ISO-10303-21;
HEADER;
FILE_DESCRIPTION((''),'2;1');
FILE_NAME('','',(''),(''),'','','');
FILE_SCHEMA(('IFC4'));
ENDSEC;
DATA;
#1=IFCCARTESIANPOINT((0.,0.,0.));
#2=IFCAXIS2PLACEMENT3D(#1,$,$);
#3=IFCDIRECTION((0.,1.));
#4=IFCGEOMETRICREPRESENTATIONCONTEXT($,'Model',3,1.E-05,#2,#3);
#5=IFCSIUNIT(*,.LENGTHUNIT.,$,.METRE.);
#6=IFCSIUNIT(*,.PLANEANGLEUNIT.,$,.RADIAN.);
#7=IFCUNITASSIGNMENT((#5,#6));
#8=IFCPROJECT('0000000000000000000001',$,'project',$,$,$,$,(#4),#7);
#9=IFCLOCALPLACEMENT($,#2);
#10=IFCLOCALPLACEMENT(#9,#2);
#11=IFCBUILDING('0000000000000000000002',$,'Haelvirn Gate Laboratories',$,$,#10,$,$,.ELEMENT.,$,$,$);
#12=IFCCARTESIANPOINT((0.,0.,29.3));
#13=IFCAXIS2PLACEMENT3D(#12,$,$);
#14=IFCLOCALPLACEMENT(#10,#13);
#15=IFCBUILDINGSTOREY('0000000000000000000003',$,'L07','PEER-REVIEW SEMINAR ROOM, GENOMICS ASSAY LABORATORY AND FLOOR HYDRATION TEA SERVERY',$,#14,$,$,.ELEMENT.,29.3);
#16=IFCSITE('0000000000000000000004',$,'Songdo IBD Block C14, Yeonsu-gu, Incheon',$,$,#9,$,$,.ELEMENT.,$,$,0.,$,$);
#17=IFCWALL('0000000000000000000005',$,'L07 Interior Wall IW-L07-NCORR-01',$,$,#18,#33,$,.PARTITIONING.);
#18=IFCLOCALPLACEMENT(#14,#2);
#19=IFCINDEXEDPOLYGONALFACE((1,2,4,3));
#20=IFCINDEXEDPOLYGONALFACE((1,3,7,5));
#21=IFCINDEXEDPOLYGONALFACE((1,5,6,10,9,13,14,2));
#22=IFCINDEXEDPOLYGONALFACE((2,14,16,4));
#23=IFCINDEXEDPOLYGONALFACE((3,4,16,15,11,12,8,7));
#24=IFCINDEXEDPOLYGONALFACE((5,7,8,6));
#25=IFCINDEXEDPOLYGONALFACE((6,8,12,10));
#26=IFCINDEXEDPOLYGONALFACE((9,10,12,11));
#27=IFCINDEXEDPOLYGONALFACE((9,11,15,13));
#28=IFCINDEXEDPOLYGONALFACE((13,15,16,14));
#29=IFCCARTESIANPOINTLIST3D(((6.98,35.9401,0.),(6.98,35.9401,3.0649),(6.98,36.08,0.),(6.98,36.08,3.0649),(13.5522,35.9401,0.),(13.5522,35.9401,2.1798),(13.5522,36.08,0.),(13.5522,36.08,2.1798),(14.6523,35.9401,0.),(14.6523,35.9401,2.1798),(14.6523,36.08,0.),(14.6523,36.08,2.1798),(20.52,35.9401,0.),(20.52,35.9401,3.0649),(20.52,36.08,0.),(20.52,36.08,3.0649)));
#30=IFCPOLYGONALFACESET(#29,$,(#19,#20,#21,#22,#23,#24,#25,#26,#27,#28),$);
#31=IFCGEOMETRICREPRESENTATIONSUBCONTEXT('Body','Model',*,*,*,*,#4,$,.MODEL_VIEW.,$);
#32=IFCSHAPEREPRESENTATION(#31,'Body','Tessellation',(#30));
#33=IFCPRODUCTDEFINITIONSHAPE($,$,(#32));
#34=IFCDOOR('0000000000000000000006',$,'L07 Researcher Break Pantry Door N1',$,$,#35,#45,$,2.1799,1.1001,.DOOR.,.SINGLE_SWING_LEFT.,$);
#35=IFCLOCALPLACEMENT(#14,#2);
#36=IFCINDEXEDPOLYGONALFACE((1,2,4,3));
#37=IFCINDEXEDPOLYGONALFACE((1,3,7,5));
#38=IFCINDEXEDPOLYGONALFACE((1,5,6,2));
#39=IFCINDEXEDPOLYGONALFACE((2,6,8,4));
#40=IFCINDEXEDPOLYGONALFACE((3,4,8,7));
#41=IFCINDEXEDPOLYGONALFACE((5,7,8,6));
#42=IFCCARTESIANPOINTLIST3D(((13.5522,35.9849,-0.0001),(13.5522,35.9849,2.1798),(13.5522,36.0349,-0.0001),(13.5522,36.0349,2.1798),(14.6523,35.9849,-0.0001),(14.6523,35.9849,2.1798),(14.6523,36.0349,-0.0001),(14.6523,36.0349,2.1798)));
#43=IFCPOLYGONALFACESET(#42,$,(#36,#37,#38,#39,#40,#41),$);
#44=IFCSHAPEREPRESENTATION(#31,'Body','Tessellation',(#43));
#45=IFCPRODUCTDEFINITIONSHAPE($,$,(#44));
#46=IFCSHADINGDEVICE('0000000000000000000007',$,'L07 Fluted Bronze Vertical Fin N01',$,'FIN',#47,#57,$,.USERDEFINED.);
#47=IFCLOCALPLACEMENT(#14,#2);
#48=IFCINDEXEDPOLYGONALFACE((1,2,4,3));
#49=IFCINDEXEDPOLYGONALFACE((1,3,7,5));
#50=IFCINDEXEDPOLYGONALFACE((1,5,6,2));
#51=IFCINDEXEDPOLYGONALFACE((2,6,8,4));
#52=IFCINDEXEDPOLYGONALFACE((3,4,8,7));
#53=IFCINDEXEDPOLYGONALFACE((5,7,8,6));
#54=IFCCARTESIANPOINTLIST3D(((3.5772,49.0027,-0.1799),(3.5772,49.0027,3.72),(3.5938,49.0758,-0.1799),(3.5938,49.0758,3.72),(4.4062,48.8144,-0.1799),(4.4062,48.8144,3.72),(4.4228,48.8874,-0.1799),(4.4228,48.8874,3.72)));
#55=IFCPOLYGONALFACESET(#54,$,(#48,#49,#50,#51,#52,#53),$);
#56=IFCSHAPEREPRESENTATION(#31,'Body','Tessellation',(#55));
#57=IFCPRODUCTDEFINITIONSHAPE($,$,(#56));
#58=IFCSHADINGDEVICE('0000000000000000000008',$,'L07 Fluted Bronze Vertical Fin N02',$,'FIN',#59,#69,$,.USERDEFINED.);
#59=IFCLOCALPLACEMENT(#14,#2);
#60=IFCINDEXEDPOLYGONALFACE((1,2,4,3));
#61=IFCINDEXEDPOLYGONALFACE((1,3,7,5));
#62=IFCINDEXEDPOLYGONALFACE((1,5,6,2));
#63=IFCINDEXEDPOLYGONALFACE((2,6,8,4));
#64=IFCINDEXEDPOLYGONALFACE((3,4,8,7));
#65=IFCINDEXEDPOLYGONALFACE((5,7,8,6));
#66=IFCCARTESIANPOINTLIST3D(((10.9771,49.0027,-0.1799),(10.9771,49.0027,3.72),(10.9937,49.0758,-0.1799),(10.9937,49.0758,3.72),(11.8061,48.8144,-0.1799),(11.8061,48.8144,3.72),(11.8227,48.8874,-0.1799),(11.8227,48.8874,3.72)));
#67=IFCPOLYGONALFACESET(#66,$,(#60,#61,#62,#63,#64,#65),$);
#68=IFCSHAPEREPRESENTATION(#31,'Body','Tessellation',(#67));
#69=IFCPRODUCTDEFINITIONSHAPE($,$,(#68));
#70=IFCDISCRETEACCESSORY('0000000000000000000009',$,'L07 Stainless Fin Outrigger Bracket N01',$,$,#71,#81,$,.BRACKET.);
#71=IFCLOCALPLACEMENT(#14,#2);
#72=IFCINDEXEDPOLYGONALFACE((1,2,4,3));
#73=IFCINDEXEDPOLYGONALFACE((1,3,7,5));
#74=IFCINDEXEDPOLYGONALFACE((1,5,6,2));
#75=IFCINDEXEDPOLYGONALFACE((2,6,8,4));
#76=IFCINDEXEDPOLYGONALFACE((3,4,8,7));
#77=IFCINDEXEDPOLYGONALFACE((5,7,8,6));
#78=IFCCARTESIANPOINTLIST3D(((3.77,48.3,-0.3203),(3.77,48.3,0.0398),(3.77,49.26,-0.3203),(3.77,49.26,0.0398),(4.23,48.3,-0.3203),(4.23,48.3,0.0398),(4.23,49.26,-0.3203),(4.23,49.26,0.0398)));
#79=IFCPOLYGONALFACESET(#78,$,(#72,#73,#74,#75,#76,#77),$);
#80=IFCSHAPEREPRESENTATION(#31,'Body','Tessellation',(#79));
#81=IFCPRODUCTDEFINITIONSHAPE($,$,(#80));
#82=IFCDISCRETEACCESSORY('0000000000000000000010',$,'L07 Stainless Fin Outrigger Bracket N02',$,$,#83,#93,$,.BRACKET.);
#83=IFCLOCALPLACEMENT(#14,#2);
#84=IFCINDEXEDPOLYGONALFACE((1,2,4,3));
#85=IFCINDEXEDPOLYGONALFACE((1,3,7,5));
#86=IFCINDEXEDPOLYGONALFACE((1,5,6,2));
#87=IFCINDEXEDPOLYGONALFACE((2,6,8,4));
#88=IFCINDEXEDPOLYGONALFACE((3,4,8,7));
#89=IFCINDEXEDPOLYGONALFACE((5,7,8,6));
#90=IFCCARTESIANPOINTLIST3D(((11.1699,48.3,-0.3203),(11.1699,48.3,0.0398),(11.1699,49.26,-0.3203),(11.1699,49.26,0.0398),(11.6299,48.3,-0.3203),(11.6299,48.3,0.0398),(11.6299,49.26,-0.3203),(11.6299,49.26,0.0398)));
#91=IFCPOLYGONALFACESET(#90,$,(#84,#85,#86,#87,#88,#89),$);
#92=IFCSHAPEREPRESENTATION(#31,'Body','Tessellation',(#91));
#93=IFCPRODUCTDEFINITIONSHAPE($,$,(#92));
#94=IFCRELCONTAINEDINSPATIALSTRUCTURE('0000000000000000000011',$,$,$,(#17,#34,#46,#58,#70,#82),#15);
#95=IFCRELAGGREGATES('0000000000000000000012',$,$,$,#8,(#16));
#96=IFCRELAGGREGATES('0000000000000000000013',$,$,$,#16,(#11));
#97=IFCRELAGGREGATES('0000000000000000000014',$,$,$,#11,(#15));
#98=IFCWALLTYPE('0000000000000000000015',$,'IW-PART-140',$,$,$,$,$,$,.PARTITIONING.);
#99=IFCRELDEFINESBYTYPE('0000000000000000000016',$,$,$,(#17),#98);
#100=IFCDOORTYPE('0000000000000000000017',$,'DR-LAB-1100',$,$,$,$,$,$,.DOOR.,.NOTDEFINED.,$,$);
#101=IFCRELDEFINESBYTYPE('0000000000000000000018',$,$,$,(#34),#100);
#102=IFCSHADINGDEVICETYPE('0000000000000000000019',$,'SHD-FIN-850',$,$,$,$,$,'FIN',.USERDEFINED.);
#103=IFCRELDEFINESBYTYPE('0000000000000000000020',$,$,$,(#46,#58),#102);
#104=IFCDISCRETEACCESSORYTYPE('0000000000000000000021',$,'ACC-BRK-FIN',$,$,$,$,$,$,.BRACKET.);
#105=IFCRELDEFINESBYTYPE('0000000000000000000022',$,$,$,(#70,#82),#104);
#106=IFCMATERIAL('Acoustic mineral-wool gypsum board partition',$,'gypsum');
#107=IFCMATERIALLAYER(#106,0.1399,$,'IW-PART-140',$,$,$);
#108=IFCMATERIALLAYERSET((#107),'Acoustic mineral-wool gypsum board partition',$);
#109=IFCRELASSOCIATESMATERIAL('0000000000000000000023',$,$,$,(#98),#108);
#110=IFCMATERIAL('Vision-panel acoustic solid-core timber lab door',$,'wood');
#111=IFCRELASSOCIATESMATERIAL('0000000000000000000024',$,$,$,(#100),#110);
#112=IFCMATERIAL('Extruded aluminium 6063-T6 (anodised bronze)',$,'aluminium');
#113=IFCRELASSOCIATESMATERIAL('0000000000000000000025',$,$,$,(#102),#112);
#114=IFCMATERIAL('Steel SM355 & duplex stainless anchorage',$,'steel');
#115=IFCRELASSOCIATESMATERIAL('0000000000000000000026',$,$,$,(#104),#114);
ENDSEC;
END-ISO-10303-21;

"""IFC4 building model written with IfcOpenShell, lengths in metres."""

from ifc_helpers import new_model, si_unit, direction, frame, frame_2d, origin, origin_2d, place, context, subcontext, project, spatial, rectangle, extrude, source, transform, mapped, material, layer, layer_set, material_profile, profile_set, type_object, type_shapes, element, fill, save


model = new_model("IFC4")

# Units and contexts
model_context = context("Model", 3, precision=1e-05, world=origin(), true_north=direction((0.0, 1.0)))
body_context = subcontext(model_context, "Body", "Model", "MODEL_VIEW")
ifc_project = project(units=[si_unit("LENGTHUNIT", "METRE"), si_unit("PLANEANGLEUNIT", "RADIAN")], contexts=[model_context])

# Site, building, storey
site_placement = place(None, origin())
site = spatial("IfcSite", under=ifc_project, at=site_placement, Name="Songdo IBD Block C14, Yeonsu-gu, Incheon", CompositionType="ELEMENT", RefElevation=0.0)
building_placement = place(site_placement, origin())
building = spatial("IfcBuilding", under=site, at=building_placement, Name="Haelvirn Gate Laboratories", CompositionType="ELEMENT")
storey_placement = place(building_placement, frame((0.0, 0.0, 29.3)))
storey = spatial("IfcBuildingStorey", under=building, at=storey_placement, Name="L07", Description="PEER-REVIEW SEMINAR ROOM, GENOMICS ASSAY LABORATORY AND FLOOR HYDRATION TEA SERVERY", CompositionType="ELEMENT", Elevation=29.3)

# Shared definitions
ifc_material_1 = material(Name="Extruded aluminium 6063-T6 (anodised bronze)", Category="aluminium")

# Wall, opening, door
ifc_material_2 = material(Name="Acoustic mineral-wool gypsum board partition", Category="gypsum")
ifc_layer_1 = layer(ifc_material_2, 0.1399, Name="IW-PART-140")
ifc_layer_set_1 = layer_set([ifc_layer_1], Name="Acoustic mineral-wool gypsum board partition")
wall_type_1 = type_object("IfcWallType", Name="IW-PART-140", PredefinedType="PARTITIONING", material=ifc_layer_set_1)
wall_1_placement = place(storey_placement, frame((6.98, 36.01, 0.0), z_axis=(0.0, 0.0, 1.0), x_axis=(1.0, 0.0, 0.0)))
wall_1 = element("IfcWall", 1, at=wall_1_placement, inside=storey, type_object=wall_type_1, Name="L07 Interior Wall IW-L07-NCORR-01", PredefinedType="PARTITIONING", context=body_context, shape_type="SweptSolid", body=[
    extrude(rectangle(XDim=13.54, YDim=0.1399, at=frame_2d((6.77, 0.0))), origin(), (0.0, 0.0, 1.0), 3.0649),
])
opening_placement = place(wall_1_placement, frame((6.5723, 0.0, 0.0)))
opening = element("IfcOpeningElement", 2, at=opening_placement, cuts=wall_1, PredefinedType="OPENING", context=body_context, shape_type="SweptSolid", body=[
    extrude(rectangle(XDim=1.1001, YDim=2.1799, at=frame_2d((0.55, 1.0898))), frame((0.0, 0.0801, 0.0), z_axis=(0.0, -1.0, 0.0), x_axis=(1.0, 0.0, 0.0)), (0.0, 0.0, 1.0), 0.1599),
])
ifc_material_3 = material(Name="Vision-panel acoustic solid-core timber lab door", Category="wood")
door_type = type_object("IfcDoorType", Name="DR-LAB-1100", OperationType="NOTDEFINED", PredefinedType="DOOR", material=ifc_material_3)
shared_shape_1 = source(origin(), body_context, "Body", "SweptSolid", [
    extrude(rectangle(XDim=1.1001, YDim=2.1799, at=frame_2d((0.55, 1.0898))), frame((0.0, 0.0249, 0.0), z_axis=(0.0, -1.0, 0.0), x_axis=(1.0, 0.0, 0.0)), (0.0, 0.0, 1.0), 0.05),
])
type_shapes(door_type, [shared_shape_1])
door_placement = place(opening_placement, origin())
door = element("IfcDoor", 3, at=door_placement, inside=storey, type_object=door_type, Name="L07 Researcher Break Pantry Door N1", OperationType="SINGLE_SWING_LEFT", OverallHeight=2.1799, OverallWidth=1.1001, PredefinedType="DOOR", context=body_context, shape_type="MappedRepresentation", body=[
    mapped(shared_shape_1, transform((0.0, 0.0, 0.0), scale=1.0)),
])
fill(opening, door)

# Shading devices
ifc_material_profile_1 = material_profile(ifc_material_1, rectangle(XDim=0.075, YDim=0.8501, at=origin_2d()), Name="FIN-850x75")
ifc_profile_set_1 = profile_set([ifc_material_profile_1], Name="Extruded aluminium 6063-T6 (anodised bronze)")
shading_device_type = type_object("IfcShadingDeviceType", Name="SHD-FIN-850", ElementType="FIN", PredefinedType="USERDEFINED", material=ifc_profile_set_1)
shared_shape_2 = source(origin(), body_context, "Body", "SweptSolid", [
    extrude(rectangle(XDim=0.075, YDim=0.8501, at=origin_2d()), origin(), (0.0, 0.0, 1.0), 3.8999),
])
type_shapes(shading_device_type, [shared_shape_2])
for number, where, z_axis, x_axis, name in (
    (4, (4.0, 48.9451, -0.1799), (0.0, 0.0, 1.0), (0.221548, 0.975149, 0.0), "L07 Fluted Bronze Vertical Fin N01"),
    (5, (11.3999, 48.9451, -0.1799), (0.0, 0.0, 1.0), (0.221548, 0.975149, 0.0), "L07 Fluted Bronze Vertical Fin N02"),
):
    element("IfcShadingDevice", number, at=place(storey_placement, frame(where, z_axis=z_axis, x_axis=x_axis)), inside=storey, type_object=shading_device_type, Name=name, ObjectType="FIN", PredefinedType="USERDEFINED", context=body_context, shape_type="MappedRepresentation", body=[
        mapped(shared_shape_2, transform((0.0, 0.0, 0.0), scale=1.0)),
    ])

# Discrete accessories
ifc_material_4 = material(Name="Steel SM355 & duplex stainless anchorage", Category="steel")
discrete_accessory_type = type_object("IfcDiscreteAccessoryType", Name="ACC-BRK-FIN", PredefinedType="BRACKET", material=ifc_material_4)
shared_shape_3 = source(origin(), body_context, "Body", "SweptSolid", [
    extrude(rectangle(XDim=0.46, YDim=0.96, at=origin_2d()), origin(), (0.0, 0.0, 1.0), 0.3601),
])
type_shapes(discrete_accessory_type, [shared_shape_3])
for number, where, z_axis, x_axis, name in (
    (6, (4.0, 48.78, -0.3203), (0.0, 0.0, 1.0), (1.0, 0.0, 0.0), "L07 Stainless Fin Outrigger Bracket N01"),
    (7, (11.3999, 48.78, -0.3203), (0.0, 0.0, 1.0), (1.0, 0.0, 0.0), "L07 Stainless Fin Outrigger Bracket N02"),
):
    element("IfcDiscreteAccessory", number, at=place(storey_placement, frame(where, z_axis=z_axis, x_axis=x_axis)), inside=storey, type_object=discrete_accessory_type, Name=name, PredefinedType="BRACKET", context=body_context, shape_type="MappedRepresentation", body=[
        mapped(shared_shape_3, transform((0.0, 0.0, 0.0), scale=1.0)),
    ])

save(model, "model.ifc")
